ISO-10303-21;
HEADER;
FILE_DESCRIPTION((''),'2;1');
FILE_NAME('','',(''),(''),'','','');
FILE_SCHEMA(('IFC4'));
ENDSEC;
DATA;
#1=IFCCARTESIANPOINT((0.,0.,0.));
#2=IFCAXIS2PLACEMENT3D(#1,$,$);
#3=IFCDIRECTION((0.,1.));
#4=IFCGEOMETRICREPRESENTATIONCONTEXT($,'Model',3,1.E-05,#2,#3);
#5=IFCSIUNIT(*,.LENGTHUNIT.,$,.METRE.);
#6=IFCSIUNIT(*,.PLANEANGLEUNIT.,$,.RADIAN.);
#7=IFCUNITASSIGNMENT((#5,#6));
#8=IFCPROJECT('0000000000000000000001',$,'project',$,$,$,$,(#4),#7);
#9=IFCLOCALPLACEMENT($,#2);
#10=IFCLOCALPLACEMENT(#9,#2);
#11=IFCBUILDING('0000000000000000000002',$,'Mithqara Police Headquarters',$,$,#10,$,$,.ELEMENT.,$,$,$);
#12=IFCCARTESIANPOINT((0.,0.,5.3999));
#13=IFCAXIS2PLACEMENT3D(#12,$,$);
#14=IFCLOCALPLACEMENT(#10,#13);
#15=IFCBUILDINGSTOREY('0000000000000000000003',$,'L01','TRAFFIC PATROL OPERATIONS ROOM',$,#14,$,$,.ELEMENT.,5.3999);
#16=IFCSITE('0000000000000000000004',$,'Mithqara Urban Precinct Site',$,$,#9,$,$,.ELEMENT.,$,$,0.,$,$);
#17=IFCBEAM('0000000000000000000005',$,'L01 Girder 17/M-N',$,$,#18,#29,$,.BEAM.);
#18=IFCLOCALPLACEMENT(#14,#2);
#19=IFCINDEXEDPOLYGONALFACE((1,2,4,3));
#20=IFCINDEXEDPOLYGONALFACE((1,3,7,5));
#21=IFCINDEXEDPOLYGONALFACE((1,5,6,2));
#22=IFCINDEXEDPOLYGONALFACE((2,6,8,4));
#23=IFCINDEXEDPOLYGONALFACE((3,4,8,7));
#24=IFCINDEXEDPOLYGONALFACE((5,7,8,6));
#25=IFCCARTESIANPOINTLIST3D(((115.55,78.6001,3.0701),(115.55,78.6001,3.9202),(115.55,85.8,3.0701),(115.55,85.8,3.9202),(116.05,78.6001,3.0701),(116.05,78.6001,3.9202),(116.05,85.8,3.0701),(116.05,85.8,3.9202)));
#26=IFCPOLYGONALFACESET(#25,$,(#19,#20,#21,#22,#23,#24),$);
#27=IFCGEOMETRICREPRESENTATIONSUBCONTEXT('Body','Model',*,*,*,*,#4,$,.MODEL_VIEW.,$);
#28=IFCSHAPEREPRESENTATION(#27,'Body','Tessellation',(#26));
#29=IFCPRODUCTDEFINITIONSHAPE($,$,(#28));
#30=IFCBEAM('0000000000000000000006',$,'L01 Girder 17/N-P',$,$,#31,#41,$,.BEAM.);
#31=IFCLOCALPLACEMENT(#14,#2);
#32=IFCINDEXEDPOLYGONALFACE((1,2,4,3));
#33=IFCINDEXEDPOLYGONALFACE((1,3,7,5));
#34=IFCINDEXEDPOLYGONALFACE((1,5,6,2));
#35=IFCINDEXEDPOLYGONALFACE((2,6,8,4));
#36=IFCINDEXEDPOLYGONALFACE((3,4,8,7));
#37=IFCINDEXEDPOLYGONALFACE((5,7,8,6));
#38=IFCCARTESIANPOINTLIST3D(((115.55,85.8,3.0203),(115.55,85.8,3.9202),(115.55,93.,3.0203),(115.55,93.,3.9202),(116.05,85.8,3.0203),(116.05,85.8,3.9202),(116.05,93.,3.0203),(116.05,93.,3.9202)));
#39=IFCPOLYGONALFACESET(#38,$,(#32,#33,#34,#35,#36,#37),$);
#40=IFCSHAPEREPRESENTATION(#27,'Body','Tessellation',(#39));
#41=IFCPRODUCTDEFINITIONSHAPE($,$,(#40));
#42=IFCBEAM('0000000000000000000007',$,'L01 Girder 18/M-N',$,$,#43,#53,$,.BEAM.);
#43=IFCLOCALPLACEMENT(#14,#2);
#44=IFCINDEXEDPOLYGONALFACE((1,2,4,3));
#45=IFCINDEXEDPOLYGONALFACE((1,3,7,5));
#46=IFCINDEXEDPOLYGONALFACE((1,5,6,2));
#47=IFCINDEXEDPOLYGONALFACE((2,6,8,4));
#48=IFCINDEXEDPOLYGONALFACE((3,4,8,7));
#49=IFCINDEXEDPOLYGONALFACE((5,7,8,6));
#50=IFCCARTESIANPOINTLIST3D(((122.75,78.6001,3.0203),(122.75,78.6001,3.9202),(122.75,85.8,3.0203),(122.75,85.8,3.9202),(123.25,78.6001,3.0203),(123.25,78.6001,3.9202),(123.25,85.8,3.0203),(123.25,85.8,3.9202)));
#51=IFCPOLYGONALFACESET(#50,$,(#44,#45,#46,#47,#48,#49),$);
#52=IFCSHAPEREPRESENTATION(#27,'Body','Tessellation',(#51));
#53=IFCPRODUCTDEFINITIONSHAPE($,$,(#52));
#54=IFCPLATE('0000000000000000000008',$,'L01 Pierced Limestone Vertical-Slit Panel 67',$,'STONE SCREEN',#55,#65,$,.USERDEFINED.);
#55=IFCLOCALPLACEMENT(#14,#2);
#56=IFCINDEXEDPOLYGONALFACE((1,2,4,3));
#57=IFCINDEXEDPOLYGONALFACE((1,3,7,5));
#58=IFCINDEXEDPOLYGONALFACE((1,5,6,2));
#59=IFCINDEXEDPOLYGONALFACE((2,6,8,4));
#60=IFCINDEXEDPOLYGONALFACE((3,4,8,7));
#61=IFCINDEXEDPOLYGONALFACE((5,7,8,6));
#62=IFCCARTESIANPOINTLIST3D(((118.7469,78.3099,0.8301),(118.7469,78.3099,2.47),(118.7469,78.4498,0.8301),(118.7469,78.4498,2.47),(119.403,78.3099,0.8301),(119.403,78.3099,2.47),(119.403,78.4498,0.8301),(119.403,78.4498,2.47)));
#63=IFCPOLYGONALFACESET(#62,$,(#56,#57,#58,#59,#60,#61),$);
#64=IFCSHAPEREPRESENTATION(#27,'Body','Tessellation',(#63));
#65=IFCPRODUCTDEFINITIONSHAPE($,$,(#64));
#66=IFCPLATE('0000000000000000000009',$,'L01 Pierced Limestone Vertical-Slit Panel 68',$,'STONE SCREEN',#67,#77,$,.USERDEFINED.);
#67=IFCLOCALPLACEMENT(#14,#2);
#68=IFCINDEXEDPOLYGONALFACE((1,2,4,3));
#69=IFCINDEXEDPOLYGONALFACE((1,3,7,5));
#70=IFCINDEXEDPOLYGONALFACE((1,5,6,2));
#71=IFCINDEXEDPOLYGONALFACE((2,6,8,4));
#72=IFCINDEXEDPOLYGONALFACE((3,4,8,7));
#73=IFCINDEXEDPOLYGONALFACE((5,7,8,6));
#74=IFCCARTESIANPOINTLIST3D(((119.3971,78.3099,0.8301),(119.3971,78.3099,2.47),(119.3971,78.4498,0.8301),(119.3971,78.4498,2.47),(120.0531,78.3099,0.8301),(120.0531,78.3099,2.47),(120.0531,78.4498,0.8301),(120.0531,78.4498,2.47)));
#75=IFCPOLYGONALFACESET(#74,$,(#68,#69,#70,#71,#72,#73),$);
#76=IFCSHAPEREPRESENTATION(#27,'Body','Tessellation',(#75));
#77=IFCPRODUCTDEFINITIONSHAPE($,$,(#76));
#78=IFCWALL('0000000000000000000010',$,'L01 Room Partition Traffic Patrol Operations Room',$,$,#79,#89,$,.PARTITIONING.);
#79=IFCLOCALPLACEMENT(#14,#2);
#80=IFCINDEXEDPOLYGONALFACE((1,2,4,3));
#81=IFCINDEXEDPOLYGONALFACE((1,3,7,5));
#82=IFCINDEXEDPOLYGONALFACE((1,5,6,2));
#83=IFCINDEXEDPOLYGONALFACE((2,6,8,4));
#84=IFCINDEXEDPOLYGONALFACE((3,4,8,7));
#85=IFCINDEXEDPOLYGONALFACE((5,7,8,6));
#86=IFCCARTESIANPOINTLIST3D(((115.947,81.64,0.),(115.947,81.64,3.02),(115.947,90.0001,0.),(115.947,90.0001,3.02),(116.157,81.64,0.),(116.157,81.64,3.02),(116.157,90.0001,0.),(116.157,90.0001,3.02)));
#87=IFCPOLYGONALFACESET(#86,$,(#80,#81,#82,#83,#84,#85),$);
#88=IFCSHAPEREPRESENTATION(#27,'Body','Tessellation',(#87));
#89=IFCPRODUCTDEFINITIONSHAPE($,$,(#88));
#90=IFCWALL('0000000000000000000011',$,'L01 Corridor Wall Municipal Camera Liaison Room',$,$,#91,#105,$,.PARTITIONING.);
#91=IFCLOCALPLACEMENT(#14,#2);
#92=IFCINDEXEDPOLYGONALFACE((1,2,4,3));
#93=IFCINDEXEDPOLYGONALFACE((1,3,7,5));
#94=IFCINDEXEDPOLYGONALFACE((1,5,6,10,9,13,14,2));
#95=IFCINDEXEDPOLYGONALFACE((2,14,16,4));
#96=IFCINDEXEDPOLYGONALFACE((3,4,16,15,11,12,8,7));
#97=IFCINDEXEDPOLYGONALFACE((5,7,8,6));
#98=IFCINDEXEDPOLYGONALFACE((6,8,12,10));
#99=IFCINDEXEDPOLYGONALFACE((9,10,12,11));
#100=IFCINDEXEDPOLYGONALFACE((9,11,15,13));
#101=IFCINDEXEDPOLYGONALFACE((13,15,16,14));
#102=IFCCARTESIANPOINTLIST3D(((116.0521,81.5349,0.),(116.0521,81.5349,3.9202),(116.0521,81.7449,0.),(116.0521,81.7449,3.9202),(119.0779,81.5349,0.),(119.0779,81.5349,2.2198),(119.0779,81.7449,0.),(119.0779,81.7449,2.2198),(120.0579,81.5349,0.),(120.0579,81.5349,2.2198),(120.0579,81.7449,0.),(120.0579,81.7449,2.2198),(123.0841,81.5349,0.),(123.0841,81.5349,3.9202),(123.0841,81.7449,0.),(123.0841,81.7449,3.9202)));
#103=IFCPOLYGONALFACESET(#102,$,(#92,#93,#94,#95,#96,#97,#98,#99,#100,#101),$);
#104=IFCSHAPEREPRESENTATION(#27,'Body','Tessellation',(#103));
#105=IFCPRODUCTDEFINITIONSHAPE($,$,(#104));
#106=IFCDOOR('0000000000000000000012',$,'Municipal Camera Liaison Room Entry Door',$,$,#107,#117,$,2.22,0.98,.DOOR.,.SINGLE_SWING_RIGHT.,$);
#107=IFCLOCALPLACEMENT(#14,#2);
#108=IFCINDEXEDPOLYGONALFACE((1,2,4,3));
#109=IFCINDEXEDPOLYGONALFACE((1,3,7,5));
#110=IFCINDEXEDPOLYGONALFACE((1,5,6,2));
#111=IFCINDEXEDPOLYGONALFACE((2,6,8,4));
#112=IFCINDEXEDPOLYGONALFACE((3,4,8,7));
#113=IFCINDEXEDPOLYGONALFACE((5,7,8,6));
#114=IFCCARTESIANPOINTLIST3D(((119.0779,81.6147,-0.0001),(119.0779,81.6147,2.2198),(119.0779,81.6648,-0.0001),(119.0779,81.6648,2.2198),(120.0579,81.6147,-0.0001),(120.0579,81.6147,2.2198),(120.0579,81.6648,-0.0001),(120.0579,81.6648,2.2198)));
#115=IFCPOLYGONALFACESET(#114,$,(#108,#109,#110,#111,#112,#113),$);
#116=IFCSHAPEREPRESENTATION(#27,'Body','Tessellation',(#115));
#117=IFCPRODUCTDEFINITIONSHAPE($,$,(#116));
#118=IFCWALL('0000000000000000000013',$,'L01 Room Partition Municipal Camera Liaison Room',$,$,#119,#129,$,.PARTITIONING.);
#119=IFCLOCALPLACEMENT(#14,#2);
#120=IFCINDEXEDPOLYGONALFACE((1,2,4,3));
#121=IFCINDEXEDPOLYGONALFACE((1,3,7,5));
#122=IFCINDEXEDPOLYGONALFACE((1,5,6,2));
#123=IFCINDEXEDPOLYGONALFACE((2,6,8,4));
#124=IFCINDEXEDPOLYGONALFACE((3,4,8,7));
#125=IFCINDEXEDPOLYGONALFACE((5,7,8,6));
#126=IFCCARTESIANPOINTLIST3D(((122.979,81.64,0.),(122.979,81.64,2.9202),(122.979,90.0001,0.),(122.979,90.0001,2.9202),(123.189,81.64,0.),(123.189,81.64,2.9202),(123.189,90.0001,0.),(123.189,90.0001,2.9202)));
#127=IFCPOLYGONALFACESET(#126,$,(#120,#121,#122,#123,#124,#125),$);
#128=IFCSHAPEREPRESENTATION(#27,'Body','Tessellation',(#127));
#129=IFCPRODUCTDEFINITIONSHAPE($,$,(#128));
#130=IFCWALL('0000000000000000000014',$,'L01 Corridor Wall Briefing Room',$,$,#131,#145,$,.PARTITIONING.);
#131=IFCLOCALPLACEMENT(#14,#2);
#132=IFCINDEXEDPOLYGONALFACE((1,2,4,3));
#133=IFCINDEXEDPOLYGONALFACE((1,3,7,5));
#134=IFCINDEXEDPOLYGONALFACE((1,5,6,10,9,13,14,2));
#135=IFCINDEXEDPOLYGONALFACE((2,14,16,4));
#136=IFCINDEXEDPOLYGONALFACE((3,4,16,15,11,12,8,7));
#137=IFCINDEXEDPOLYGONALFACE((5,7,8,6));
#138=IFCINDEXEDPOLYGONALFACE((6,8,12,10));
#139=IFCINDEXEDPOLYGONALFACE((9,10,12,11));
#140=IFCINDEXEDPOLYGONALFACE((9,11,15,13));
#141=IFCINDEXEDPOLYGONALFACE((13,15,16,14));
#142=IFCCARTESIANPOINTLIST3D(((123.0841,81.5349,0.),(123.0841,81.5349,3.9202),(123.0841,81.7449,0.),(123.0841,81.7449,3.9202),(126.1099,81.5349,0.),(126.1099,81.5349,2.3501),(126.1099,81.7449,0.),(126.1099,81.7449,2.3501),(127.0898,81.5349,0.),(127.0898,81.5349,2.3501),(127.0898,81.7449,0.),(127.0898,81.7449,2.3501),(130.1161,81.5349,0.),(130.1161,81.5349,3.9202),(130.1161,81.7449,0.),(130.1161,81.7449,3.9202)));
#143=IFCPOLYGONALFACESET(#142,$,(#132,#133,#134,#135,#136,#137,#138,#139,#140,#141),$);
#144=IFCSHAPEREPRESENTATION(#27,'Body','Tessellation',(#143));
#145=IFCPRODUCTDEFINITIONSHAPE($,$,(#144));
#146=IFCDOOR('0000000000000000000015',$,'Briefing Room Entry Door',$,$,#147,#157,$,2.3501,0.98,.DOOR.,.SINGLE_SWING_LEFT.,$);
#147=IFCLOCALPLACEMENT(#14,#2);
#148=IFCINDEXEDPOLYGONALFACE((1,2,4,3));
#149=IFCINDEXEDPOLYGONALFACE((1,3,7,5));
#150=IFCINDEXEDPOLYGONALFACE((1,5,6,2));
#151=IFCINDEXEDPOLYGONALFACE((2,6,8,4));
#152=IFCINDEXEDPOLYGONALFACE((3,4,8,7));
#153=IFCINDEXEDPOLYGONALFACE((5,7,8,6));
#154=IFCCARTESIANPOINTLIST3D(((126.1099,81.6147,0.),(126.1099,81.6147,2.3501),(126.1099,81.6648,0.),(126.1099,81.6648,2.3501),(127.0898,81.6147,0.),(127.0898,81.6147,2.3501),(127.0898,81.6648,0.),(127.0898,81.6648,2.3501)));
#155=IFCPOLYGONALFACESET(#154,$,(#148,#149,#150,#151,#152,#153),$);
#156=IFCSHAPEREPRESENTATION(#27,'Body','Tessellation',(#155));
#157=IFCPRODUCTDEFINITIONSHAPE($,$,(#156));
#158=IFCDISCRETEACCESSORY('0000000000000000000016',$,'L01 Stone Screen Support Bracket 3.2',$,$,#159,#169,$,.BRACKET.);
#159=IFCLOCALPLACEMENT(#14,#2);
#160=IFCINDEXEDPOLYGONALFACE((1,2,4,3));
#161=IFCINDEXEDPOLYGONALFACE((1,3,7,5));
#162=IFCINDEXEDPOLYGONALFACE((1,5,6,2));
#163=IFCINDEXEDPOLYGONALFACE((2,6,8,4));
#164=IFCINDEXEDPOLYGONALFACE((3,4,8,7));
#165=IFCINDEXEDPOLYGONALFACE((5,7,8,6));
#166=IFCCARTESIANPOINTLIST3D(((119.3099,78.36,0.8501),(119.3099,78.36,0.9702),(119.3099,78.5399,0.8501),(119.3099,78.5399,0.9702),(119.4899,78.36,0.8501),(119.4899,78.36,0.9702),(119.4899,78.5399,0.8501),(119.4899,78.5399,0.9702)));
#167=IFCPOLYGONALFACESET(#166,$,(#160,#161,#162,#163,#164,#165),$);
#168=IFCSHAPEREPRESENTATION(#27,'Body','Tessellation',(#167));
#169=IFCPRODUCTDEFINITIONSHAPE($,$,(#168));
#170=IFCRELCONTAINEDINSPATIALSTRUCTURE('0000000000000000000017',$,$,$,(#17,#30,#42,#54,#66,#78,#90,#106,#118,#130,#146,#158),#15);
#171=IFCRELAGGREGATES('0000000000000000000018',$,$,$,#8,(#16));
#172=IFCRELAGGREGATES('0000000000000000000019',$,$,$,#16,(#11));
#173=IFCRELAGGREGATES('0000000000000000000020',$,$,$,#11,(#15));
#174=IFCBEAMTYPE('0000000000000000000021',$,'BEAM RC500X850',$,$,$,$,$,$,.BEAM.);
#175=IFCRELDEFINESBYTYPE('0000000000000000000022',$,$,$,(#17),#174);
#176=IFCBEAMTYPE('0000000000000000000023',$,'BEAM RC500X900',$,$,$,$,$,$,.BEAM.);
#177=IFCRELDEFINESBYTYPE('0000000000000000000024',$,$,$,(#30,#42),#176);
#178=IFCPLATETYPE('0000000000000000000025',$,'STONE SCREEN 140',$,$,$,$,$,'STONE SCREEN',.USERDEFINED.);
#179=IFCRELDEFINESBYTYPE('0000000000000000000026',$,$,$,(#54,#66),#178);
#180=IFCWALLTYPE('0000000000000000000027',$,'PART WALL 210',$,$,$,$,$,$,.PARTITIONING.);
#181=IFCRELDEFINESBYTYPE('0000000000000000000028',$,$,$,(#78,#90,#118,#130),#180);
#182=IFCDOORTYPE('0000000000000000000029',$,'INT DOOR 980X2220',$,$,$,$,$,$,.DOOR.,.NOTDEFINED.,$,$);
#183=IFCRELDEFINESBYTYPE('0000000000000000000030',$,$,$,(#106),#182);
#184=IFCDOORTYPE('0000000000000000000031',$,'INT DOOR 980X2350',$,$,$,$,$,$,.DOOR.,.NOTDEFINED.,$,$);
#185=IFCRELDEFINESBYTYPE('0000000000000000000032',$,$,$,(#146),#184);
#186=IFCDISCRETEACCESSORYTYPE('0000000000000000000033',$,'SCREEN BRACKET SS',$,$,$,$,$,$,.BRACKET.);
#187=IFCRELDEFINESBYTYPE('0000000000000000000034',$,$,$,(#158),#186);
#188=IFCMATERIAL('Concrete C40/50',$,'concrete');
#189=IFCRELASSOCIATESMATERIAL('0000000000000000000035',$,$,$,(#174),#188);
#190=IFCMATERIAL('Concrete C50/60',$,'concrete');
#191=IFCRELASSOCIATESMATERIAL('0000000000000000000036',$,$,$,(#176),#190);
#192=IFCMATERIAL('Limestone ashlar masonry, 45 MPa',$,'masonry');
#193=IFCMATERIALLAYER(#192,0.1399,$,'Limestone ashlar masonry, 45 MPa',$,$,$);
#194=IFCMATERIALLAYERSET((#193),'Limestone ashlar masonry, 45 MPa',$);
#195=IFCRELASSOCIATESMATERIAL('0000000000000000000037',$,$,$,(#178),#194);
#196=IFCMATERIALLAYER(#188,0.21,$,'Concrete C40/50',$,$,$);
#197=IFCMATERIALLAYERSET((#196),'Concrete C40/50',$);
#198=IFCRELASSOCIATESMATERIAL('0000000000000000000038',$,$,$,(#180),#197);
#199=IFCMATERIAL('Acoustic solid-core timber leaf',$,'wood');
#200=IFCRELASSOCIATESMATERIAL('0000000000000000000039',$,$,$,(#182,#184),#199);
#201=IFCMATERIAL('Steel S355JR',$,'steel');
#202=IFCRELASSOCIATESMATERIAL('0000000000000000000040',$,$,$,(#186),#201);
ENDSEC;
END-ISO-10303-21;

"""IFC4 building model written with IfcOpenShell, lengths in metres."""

from ifc_helpers import new_model, si_unit, direction, frame, frame_2d, origin, origin_2d, place, context, subcontext, project, spatial, rectangle, extrude, material, layer, layer_set, material_profile, profile_set, type_object, element, fill, save


model = new_model("IFC4")

# Units and contexts
model_context = context("Model", 3, precision=1e-05, world=origin(), true_north=direction((0.0, 1.0)))
body_context = subcontext(model_context, "Body", "Model", "MODEL_VIEW")
ifc_project = project(units=[si_unit("LENGTHUNIT", "METRE"), si_unit("PLANEANGLEUNIT", "RADIAN")], contexts=[model_context])

# Site, building, storey
site_placement = place(None, origin())
site = spatial("IfcSite", under=ifc_project, at=site_placement, Name="Mithqara Urban Precinct Site", CompositionType="ELEMENT", RefElevation=0.0)
building_placement = place(site_placement, origin())
building = spatial("IfcBuilding", under=site, at=building_placement, Name="Mithqara Police Headquarters", CompositionType="ELEMENT")
storey_placement = place(building_placement, frame((0.0, 0.0, 5.3999)))
storey = spatial("IfcBuildingStorey", under=building, at=storey_placement, Name="L01", Description="TRAFFIC PATROL OPERATIONS ROOM", CompositionType="ELEMENT", Elevation=5.3999)

# Shared definitions
ifc_material_1 = material(Name="Concrete C50/60", Category="concrete")

# Beams
ifc_material_2 = material(Name="Steel S355JR", Category="steel")
ifc_material_3 = material(Name="Concrete C40/50", Category="concrete")
ifc_material_profile_1 = material_profile(ifc_material_3, rectangle(XDim=0.5, YDim=0.8501, at=origin_2d()), Name="RC 500x850")
ifc_profile_set_1 = profile_set([ifc_material_profile_1], Name="Concrete C40/50")
beam_type_1 = type_object("IfcBeamType", Name="BEAM RC500X850", PredefinedType="BEAM", material=ifc_profile_set_1)
beam_1_placement = place(storey_placement, frame((115.8, 78.6001, 3.4951), z_axis=(0.0, 1.0, 0.0), x_axis=(-1.0, 0.0, 0.0)))
element("IfcBeam", 1, at=beam_1_placement, inside=storey, type_object=beam_type_1, Name="L01 Girder 17/M-N", PredefinedType="BEAM", context=body_context, shape_type="SweptSolid", body=[
    extrude(rectangle(XDim=0.5, YDim=0.8501, at=origin_2d()), origin(), (0.0, 0.0, 1.0), 7.2),
])
ifc_material_profile_2 = material_profile(ifc_material_1, rectangle(XDim=0.5, YDim=0.8999, at=origin_2d()), Name="RC 500x900")
ifc_profile_set_2 = profile_set([ifc_material_profile_2], Name="Concrete C50/60")
beam_type_2 = type_object("IfcBeamType", Name="BEAM RC500X900", PredefinedType="BEAM", material=ifc_profile_set_2)
for number, where, z_axis, x_axis, name in (
    (2, (115.8, 85.8, 3.4702), (0.0, 1.0, 0.0), (-1.0, 0.0, 0.0), "L01 Girder 17/N-P"),
    (3, (123.0, 78.6001, 3.4702), (0.0, 1.0, 0.0), (-1.0, 0.0, 0.0), "L01 Girder 18/M-N"),
):
    element("IfcBeam", number, at=place(storey_placement, frame(where, z_axis=z_axis, x_axis=x_axis)), inside=storey, type_object=beam_type_2, Name=name, PredefinedType="BEAM", context=body_context, shape_type="SweptSolid", body=[
        extrude(rectangle(XDim=0.5, YDim=0.8999, at=origin_2d()), origin(), (0.0, 0.0, 1.0), 7.2),
    ])

# Plates
ifc_material_4 = material(Name="Limestone ashlar masonry, 45 MPa", Category="masonry")
ifc_layer_1 = layer(ifc_material_4, 0.1399, Name="Limestone ashlar masonry, 45 MPa")
ifc_layer_set_1 = layer_set([ifc_layer_1], Name="Limestone ashlar masonry, 45 MPa")
plate_type = type_object("IfcPlateType", Name="STONE SCREEN 140", ElementType="STONE SCREEN", PredefinedType="USERDEFINED", material=ifc_layer_set_1)
for number, where, z_axis, x_axis, name in (
    (4, (119.075, 78.3799, 0.8301), (0.0, 0.0, 1.0), (1.0, 0.0, 0.0), "L01 Pierced Limestone Vertical-Slit Panel 67"),
    (5, (119.7251, 78.3799, 0.8301), (0.0, 0.0, 1.0), (1.0, 0.0, 0.0), "L01 Pierced Limestone Vertical-Slit Panel 68"),
):
    element("IfcPlate", number, at=place(storey_placement, frame(where, z_axis=z_axis, x_axis=x_axis)), inside=storey, type_object=plate_type, Name=name, ObjectType="STONE SCREEN", PredefinedType="USERDEFINED", context=body_context, shape_type="SweptSolid", body=[
        extrude(rectangle(XDim=0.656, YDim=0.1399, at=origin_2d()), origin(), (0.0, 0.0, 1.0), 1.6399),
    ])

# Wall
ifc_layer_2 = layer(ifc_material_3, 0.21, Name="Concrete C40/50")
ifc_layer_set_2 = layer_set([ifc_layer_2], Name="Concrete C40/50")
wall_type = type_object("IfcWallType", Name="PART WALL 210", PredefinedType="PARTITIONING", material=ifc_layer_set_2)
wall_1_placement = place(storey_placement, frame((116.052, 81.6399, 0.0), z_axis=(0.0, 0.0, 1.0), x_axis=(0.0, 1.0, 0.0)))
element("IfcWall", 6, at=wall_1_placement, inside=storey, type_object=wall_type, Name="L01 Room Partition Traffic Patrol Operations Room", PredefinedType="PARTITIONING", context=body_context, shape_type="SweptSolid", body=[
    extrude(rectangle(XDim=8.3601, YDim=0.21, at=frame_2d((4.1802, 0.0))), origin(), (0.0, 0.0, 1.0), 3.02),
])

# Wall, opening, door
wall_2_placement = place(storey_placement, frame((116.052, 81.6399, 0.0), z_axis=(0.0, 0.0, 1.0), x_axis=(1.0, 0.0, 0.0)))
wall_2 = element("IfcWall", 7, at=wall_2_placement, inside=storey, type_object=wall_type, Name="L01 Corridor Wall Municipal Camera Liaison Room", PredefinedType="PARTITIONING", context=body_context, shape_type="SweptSolid", body=[
    extrude(rectangle(XDim=7.032, YDim=0.21, at=frame_2d((3.5161, 0.0))), origin(), (0.0, 0.0, 1.0), 3.9202),
])
opening_1_placement = place(wall_2_placement, frame((3.0259, 0.0, 0.0)))
opening_1 = element("IfcOpeningElement", 8, at=opening_1_placement, cuts=wall_2, PredefinedType="OPENING", context=body_context, shape_type="SweptSolid", body=[
    extrude(rectangle(XDim=0.98, YDim=2.22, at=frame_2d((0.49, 1.1099))), frame((0.0, 0.115, 0.0), z_axis=(0.0, -1.0, 0.0), x_axis=(1.0, 0.0, 0.0)), (0.0, 0.0, 1.0), 0.23),
])
ifc_material_5 = material(Name="Acoustic solid-core timber leaf", Category="wood")
door_type_1 = type_object("IfcDoorType", Name="INT DOOR 980X2220", OperationType="NOTDEFINED", PredefinedType="DOOR", material=ifc_material_5)
door_1_placement = place(opening_1_placement, origin())
door_1 = element("IfcDoor", 9, at=door_1_placement, inside=storey, type_object=door_type_1, Name="Municipal Camera Liaison Room Entry Door", OperationType="SINGLE_SWING_RIGHT", OverallHeight=2.22, OverallWidth=0.98, PredefinedType="DOOR", context=body_context, shape_type="SweptSolid", body=[
    extrude(rectangle(XDim=0.98, YDim=2.22, at=frame_2d((0.49, 1.1099))), frame((0.0, 0.0249, 0.0), z_axis=(0.0, -1.0, 0.0), x_axis=(1.0, 0.0, 0.0)), (0.0, 0.0, 1.0), 0.05),
])
fill(opening_1, door_1)

# Wall
wall_3_placement = place(storey_placement, frame((123.084, 81.6399, 0.0), z_axis=(0.0, 0.0, 1.0), x_axis=(0.0, 1.0, 0.0)))
element("IfcWall", 10, at=wall_3_placement, inside=storey, type_object=wall_type, Name="L01 Room Partition Municipal Camera Liaison Room", PredefinedType="PARTITIONING", context=body_context, shape_type="SweptSolid", body=[
    extrude(rectangle(XDim=8.3601, YDim=0.21, at=frame_2d((4.1802, 0.0))), origin(), (0.0, 0.0, 1.0), 2.9202),
])

# Wall, opening, door
wall_4_placement = place(storey_placement, frame((123.084, 81.6399, 0.0), z_axis=(0.0, 0.0, 1.0), x_axis=(1.0, 0.0, 0.0)))
wall_4 = element("IfcWall", 11, at=wall_4_placement, inside=storey, type_object=wall_type, Name="L01 Corridor Wall Briefing Room", PredefinedType="PARTITIONING", context=body_context, shape_type="SweptSolid", body=[
    extrude(rectangle(XDim=7.032, YDim=0.21, at=frame_2d((3.5161, 0.0))), origin(), (0.0, 0.0, 1.0), 3.9202),
])
opening_2_placement = place(wall_4_placement, frame((3.0259, 0.0, 0.0)))
opening_2 = element("IfcOpeningElement", 12, at=opening_2_placement, cuts=wall_4, PredefinedType="OPENING", context=body_context, shape_type="SweptSolid", body=[
    extrude(rectangle(XDim=0.98, YDim=2.3501, at=frame_2d((0.49, 1.175))), frame((0.0, 0.115, 0.0), z_axis=(0.0, -1.0, 0.0), x_axis=(1.0, 0.0, 0.0)), (0.0, 0.0, 1.0), 0.23),
])
door_type_2 = type_object("IfcDoorType", Name="INT DOOR 980X2350", OperationType="NOTDEFINED", PredefinedType="DOOR", material=ifc_material_5)
door_2_placement = place(opening_2_placement, origin())
door_2 = element("IfcDoor", 13, at=door_2_placement, inside=storey, type_object=door_type_2, Name="Briefing Room Entry Door", OperationType="SINGLE_SWING_LEFT", OverallHeight=2.3501, OverallWidth=0.98, PredefinedType="DOOR", context=body_context, shape_type="SweptSolid", body=[
    extrude(rectangle(XDim=0.98, YDim=2.3501, at=frame_2d((0.49, 1.175))), frame((0.0, 0.0249, 0.0), z_axis=(0.0, -1.0, 0.0), x_axis=(1.0, 0.0, 0.0)), (0.0, 0.0, 1.0), 0.05),
])
fill(opening_2, door_2)

# Discrete accessory
discrete_accessory_type = type_object("IfcDiscreteAccessoryType", Name="SCREEN BRACKET SS", PredefinedType="BRACKET", material=ifc_material_2)
discrete_accessory_placement = place(storey_placement, frame((119.3999, 78.45, 0.8501), z_axis=(0.0, 0.0, 1.0), x_axis=(1.0, 0.0, 0.0)))
element("IfcDiscreteAccessory", 14, at=discrete_accessory_placement, inside=storey, type_object=discrete_accessory_type, Name="L01 Stone Screen Support Bracket 3.2", PredefinedType="BRACKET", context=body_context, shape_type="SweptSolid", body=[
    extrude(rectangle(XDim=0.1799, YDim=0.1799, at=origin_2d()), origin(), (0.0, 0.0, 1.0), 0.1201),
])

save(model, "model.ifc")
